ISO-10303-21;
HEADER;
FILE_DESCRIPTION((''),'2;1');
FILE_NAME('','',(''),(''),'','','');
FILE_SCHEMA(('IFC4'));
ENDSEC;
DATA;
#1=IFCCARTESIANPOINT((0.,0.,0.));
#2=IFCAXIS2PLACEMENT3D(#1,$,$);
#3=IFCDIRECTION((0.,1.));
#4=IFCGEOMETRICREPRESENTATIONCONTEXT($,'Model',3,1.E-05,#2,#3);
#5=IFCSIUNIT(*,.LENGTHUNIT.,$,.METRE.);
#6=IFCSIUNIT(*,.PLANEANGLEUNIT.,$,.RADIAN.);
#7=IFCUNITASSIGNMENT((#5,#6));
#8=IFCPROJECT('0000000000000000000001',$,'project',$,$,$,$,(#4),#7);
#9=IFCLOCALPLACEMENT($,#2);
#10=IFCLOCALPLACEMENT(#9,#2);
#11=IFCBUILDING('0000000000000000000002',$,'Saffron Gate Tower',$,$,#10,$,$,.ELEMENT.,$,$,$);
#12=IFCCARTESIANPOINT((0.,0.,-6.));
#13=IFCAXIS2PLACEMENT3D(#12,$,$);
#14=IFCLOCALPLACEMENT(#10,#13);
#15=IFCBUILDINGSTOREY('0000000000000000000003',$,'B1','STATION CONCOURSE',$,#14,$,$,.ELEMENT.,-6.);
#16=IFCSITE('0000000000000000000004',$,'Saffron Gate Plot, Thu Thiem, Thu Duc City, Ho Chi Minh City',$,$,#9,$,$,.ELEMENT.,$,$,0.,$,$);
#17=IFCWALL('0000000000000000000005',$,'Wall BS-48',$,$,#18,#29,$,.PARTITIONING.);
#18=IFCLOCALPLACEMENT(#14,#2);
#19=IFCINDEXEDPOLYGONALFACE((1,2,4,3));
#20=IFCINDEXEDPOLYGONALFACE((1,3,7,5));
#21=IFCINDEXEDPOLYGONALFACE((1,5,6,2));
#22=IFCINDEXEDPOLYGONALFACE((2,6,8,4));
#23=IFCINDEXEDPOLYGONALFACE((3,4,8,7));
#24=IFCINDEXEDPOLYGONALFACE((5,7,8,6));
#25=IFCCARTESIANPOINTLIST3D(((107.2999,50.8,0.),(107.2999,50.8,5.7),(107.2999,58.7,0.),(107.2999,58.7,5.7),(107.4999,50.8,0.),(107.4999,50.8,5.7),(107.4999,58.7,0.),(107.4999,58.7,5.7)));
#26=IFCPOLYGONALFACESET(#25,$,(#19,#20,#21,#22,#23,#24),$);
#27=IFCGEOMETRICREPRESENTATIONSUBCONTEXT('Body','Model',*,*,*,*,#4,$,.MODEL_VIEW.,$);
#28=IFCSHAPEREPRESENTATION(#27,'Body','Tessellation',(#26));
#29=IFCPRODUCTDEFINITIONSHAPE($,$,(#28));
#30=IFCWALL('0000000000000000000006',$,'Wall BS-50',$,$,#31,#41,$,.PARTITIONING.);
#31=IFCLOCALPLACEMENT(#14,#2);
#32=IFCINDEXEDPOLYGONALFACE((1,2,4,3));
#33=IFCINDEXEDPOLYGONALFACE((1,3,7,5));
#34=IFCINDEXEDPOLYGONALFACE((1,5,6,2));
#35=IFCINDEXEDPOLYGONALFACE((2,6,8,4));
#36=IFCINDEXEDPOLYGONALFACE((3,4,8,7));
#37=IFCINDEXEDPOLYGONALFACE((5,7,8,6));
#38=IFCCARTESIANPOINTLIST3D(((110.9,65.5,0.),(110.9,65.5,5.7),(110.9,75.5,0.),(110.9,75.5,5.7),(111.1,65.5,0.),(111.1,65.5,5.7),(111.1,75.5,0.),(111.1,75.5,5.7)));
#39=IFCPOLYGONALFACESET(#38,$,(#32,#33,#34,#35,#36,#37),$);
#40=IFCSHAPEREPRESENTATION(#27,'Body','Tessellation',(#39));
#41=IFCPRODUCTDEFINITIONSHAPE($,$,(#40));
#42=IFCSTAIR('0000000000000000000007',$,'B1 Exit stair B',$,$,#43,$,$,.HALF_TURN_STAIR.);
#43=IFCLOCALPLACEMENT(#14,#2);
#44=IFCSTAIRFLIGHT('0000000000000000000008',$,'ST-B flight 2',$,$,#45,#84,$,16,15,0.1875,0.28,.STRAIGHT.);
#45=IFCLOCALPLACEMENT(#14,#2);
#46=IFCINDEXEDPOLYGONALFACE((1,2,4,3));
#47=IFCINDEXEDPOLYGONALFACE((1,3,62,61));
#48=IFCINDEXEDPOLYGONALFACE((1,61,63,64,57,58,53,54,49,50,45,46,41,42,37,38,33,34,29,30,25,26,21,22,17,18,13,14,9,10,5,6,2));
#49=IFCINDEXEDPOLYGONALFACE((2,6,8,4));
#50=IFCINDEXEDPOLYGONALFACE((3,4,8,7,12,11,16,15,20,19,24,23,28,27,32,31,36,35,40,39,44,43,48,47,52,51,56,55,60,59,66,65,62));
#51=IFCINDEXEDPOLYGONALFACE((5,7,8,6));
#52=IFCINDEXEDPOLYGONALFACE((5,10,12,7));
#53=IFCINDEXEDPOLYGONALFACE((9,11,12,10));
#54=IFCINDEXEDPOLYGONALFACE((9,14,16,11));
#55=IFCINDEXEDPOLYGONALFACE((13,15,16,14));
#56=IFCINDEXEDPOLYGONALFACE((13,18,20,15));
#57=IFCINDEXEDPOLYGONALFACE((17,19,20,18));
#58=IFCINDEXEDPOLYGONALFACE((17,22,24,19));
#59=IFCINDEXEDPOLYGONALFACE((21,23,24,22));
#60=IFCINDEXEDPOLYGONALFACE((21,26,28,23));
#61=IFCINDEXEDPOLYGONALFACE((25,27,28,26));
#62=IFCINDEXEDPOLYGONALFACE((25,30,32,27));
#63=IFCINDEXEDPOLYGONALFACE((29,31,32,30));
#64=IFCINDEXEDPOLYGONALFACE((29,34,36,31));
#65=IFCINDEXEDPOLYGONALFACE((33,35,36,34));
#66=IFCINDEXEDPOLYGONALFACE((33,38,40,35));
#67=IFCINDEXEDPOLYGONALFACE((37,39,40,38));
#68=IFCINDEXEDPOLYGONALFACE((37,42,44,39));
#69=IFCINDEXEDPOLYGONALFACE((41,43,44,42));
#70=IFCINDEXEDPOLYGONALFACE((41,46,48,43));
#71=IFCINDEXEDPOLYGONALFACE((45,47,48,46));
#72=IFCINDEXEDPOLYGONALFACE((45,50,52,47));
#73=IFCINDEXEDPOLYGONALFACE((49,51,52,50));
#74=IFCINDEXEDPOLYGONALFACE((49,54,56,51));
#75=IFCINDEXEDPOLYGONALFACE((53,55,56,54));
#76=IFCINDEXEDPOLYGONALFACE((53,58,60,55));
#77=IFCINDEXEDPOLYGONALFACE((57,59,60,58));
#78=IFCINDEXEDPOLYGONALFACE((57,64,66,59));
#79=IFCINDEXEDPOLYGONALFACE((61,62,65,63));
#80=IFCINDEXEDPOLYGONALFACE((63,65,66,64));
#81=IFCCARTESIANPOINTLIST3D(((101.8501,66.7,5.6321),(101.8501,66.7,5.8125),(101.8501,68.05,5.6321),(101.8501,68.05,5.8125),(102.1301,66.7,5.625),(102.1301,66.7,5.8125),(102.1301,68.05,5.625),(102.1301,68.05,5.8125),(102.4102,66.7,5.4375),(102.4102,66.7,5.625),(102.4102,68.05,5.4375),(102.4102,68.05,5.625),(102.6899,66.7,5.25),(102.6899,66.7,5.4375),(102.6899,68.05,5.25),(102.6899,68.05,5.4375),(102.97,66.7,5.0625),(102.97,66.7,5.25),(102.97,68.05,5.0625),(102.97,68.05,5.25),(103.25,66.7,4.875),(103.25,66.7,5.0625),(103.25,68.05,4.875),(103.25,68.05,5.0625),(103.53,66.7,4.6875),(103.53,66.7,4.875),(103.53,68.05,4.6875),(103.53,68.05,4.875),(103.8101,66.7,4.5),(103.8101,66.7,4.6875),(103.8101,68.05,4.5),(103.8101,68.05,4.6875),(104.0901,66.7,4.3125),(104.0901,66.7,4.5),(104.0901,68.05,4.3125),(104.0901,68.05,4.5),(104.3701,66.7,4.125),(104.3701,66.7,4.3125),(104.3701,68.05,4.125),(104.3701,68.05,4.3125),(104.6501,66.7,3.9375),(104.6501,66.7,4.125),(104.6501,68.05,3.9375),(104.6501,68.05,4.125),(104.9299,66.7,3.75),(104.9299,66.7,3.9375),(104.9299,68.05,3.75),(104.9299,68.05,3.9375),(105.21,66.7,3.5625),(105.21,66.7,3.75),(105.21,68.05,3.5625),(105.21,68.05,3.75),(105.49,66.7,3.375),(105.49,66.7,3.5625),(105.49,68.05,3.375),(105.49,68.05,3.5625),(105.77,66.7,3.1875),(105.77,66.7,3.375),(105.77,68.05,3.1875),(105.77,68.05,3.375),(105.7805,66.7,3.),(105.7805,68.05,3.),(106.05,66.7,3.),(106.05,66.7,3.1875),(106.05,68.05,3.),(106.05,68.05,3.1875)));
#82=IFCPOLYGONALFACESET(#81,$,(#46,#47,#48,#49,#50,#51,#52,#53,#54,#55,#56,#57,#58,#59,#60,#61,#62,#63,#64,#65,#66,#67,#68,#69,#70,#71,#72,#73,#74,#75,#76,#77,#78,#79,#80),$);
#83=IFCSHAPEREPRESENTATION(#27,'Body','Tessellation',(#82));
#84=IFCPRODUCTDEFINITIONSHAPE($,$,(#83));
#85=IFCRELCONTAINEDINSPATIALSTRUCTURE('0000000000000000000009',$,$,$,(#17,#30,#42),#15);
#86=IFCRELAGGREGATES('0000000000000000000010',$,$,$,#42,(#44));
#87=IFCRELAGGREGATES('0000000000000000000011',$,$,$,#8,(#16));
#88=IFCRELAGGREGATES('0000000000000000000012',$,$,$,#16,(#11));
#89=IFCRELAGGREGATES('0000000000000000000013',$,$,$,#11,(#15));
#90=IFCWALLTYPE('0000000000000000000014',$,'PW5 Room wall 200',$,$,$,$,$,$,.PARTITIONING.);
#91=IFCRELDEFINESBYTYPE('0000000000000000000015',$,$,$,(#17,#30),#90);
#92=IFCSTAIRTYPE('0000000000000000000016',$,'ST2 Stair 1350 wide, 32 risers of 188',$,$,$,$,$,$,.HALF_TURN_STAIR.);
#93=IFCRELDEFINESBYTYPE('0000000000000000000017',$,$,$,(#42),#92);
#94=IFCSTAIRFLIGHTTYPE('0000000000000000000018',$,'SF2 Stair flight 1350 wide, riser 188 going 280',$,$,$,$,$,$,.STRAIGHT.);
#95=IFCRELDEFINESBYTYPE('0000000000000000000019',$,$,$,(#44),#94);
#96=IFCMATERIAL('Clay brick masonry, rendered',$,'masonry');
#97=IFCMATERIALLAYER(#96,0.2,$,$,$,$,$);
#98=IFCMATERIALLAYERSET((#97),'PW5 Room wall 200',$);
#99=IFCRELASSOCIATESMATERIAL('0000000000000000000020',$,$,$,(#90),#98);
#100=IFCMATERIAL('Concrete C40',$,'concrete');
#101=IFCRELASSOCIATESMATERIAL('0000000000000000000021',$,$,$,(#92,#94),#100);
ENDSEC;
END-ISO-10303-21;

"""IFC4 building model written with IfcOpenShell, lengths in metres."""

from ifc_helpers import new_model, si_unit, direction, frame, frame_2d, origin, place, context, subcontext, project, spatial, polyline, rectangle, outline, extrude, material, layer, layer_set, type_object, element, aggregate, save


model = new_model("IFC4")

# Units and contexts
model_context = context("Model", 3, precision=1e-05, world=origin(), true_north=direction((0.0, 1.0)))
body_context = subcontext(model_context, "Body", "Model", "MODEL_VIEW")
ifc_project = project(units=[si_unit("LENGTHUNIT", "METRE"), si_unit("PLANEANGLEUNIT", "RADIAN")], contexts=[model_context])

# Site, building, storey
site_placement = place(None, origin())
site = spatial("IfcSite", under=ifc_project, at=site_placement, Name="Saffron Gate Plot, Thu Thiem, Thu Duc City, Ho Chi Minh City", CompositionType="ELEMENT", RefElevation=0.0)
building_placement = place(site_placement, origin())
building = spatial("IfcBuilding", under=site, at=building_placement, Name="Saffron Gate Tower", CompositionType="ELEMENT")
storey_placement = place(building_placement, frame((0.0, 0.0, -6.0)))
storey = spatial("IfcBuildingStorey", under=building, at=storey_placement, Name="B1", Description="STATION CONCOURSE", CompositionType="ELEMENT", Elevation=-6.0)

# Shared definitions
ifc_material_1 = material(Name="Concrete C40", Category="concrete")

# Shared definitions
ifc_material_2 = material(Name="Clay brick masonry, rendered", Category="masonry")

# Walls
ifc_layer_1 = layer(ifc_material_2, 0.2)
ifc_layer_set_1 = layer_set([ifc_layer_1], Name="PW5 Room wall 200")
wall_type_1 = type_object("IfcWallType", Name="PW5 Room wall 200", PredefinedType="PARTITIONING", material=ifc_layer_set_1)
wall_1_placement = place(storey_placement, frame((107.3999, 58.7, 0.0), z_axis=(0.0, 0.0, 1.0), x_axis=(0.0, -1.0, 0.0)))
element("IfcWall", 1, at=wall_1_placement, inside=storey, type_object=wall_type_1, Name="Wall BS-48", PredefinedType="PARTITIONING", context=body_context, shape_type="SweptSolid", body=[
    extrude(rectangle(XDim=7.8999, YDim=0.2, at=frame_2d((3.95, 0.0))), origin(), (0.0, 0.0, 1.0), 5.7),
])
wall_2_placement = place(storey_placement, frame((111.0, 75.5, 0.0), z_axis=(0.0, 0.0, 1.0), x_axis=(0.0, -1.0, 0.0)))
element("IfcWall", 2, at=wall_2_placement, inside=storey, type_object=wall_type_1, Name="Wall BS-50", PredefinedType="PARTITIONING", context=body_context, shape_type="SweptSolid", body=[
    extrude(rectangle(XDim=10.0, YDim=0.2, at=frame_2d((5.0, 0.0))), origin(), (0.0, 0.0, 1.0), 5.7),
])

# Stair, stair flight
stair_type = type_object("IfcStairType", Name="ST2 Stair 1350 wide, 32 risers of 188", PredefinedType="HALF_TURN_STAIR", material=ifc_material_1)
stair_placement = place(storey_placement, origin())
stair = element("IfcStair", 3, at=stair_placement, inside=storey, type_object=stair_type, Name="B1 Exit stair B", PredefinedType="HALF_TURN_STAIR")
stair_flight_type = type_object("IfcStairFlightType", Name="SF2 Stair flight 1350 wide, riser 188 going 280", PredefinedType="STRAIGHT", material=ifc_material_1)
stair_flight_placement = place(storey_placement, frame((106.05, 67.375, 3.0), z_axis=(0.0, 0.0, 1.0), x_axis=(-1.0, 0.0, 0.0)))
stair_flight = element("IfcStairFlight", 4, at=stair_flight_placement, type_object=stair_flight_type, Name="ST-B flight 2", NumberOfRisers=16, NumberOfTreads=15, PredefinedType="STRAIGHT", RiserHeight=0.1875, TreadLength=0.28, context=body_context, shape_type="SweptSolid", body=[
    extrude(outline(polyline([(0.0, 0.0), (0.0, 0.1875), (0.28, 0.1875), (0.28, 0.375), (0.5601, 0.375), (0.5601, 0.5625), (0.8401, 0.5625), (0.8401, 0.75), (1.1201, 0.75), (1.1201, 0.9375), (1.3999, 0.9375), (1.3999, 1.125), (1.6799, 1.125), (1.6799, 1.3125), (1.96, 1.3125), (1.96, 1.5), (2.24, 1.5), (2.24, 1.6875), (2.52, 1.6875), (2.52, 1.875), (2.8, 1.875), (2.8, 2.0625), (3.0801, 2.0625), (3.0801, 2.25), (3.3601, 2.25), (3.3601, 2.4375), (3.6399, 2.4375), (3.6399, 2.625), (3.9199, 2.625), (3.9199, 2.8125), (4.2, 2.8125), (4.2, 3.0), (4.2, 2.6321), (0.2695, 0.0), (0.0, 0.0)])), frame((0.0, 0.675, 0.0), z_axis=(0.0, -1.0, 0.0), x_axis=(1.0, 0.0, 0.0)), (0.0, 0.0, 1.0), 1.3501),
])
aggregate(stair, [stair_flight])

save(model, "model.ifc")
